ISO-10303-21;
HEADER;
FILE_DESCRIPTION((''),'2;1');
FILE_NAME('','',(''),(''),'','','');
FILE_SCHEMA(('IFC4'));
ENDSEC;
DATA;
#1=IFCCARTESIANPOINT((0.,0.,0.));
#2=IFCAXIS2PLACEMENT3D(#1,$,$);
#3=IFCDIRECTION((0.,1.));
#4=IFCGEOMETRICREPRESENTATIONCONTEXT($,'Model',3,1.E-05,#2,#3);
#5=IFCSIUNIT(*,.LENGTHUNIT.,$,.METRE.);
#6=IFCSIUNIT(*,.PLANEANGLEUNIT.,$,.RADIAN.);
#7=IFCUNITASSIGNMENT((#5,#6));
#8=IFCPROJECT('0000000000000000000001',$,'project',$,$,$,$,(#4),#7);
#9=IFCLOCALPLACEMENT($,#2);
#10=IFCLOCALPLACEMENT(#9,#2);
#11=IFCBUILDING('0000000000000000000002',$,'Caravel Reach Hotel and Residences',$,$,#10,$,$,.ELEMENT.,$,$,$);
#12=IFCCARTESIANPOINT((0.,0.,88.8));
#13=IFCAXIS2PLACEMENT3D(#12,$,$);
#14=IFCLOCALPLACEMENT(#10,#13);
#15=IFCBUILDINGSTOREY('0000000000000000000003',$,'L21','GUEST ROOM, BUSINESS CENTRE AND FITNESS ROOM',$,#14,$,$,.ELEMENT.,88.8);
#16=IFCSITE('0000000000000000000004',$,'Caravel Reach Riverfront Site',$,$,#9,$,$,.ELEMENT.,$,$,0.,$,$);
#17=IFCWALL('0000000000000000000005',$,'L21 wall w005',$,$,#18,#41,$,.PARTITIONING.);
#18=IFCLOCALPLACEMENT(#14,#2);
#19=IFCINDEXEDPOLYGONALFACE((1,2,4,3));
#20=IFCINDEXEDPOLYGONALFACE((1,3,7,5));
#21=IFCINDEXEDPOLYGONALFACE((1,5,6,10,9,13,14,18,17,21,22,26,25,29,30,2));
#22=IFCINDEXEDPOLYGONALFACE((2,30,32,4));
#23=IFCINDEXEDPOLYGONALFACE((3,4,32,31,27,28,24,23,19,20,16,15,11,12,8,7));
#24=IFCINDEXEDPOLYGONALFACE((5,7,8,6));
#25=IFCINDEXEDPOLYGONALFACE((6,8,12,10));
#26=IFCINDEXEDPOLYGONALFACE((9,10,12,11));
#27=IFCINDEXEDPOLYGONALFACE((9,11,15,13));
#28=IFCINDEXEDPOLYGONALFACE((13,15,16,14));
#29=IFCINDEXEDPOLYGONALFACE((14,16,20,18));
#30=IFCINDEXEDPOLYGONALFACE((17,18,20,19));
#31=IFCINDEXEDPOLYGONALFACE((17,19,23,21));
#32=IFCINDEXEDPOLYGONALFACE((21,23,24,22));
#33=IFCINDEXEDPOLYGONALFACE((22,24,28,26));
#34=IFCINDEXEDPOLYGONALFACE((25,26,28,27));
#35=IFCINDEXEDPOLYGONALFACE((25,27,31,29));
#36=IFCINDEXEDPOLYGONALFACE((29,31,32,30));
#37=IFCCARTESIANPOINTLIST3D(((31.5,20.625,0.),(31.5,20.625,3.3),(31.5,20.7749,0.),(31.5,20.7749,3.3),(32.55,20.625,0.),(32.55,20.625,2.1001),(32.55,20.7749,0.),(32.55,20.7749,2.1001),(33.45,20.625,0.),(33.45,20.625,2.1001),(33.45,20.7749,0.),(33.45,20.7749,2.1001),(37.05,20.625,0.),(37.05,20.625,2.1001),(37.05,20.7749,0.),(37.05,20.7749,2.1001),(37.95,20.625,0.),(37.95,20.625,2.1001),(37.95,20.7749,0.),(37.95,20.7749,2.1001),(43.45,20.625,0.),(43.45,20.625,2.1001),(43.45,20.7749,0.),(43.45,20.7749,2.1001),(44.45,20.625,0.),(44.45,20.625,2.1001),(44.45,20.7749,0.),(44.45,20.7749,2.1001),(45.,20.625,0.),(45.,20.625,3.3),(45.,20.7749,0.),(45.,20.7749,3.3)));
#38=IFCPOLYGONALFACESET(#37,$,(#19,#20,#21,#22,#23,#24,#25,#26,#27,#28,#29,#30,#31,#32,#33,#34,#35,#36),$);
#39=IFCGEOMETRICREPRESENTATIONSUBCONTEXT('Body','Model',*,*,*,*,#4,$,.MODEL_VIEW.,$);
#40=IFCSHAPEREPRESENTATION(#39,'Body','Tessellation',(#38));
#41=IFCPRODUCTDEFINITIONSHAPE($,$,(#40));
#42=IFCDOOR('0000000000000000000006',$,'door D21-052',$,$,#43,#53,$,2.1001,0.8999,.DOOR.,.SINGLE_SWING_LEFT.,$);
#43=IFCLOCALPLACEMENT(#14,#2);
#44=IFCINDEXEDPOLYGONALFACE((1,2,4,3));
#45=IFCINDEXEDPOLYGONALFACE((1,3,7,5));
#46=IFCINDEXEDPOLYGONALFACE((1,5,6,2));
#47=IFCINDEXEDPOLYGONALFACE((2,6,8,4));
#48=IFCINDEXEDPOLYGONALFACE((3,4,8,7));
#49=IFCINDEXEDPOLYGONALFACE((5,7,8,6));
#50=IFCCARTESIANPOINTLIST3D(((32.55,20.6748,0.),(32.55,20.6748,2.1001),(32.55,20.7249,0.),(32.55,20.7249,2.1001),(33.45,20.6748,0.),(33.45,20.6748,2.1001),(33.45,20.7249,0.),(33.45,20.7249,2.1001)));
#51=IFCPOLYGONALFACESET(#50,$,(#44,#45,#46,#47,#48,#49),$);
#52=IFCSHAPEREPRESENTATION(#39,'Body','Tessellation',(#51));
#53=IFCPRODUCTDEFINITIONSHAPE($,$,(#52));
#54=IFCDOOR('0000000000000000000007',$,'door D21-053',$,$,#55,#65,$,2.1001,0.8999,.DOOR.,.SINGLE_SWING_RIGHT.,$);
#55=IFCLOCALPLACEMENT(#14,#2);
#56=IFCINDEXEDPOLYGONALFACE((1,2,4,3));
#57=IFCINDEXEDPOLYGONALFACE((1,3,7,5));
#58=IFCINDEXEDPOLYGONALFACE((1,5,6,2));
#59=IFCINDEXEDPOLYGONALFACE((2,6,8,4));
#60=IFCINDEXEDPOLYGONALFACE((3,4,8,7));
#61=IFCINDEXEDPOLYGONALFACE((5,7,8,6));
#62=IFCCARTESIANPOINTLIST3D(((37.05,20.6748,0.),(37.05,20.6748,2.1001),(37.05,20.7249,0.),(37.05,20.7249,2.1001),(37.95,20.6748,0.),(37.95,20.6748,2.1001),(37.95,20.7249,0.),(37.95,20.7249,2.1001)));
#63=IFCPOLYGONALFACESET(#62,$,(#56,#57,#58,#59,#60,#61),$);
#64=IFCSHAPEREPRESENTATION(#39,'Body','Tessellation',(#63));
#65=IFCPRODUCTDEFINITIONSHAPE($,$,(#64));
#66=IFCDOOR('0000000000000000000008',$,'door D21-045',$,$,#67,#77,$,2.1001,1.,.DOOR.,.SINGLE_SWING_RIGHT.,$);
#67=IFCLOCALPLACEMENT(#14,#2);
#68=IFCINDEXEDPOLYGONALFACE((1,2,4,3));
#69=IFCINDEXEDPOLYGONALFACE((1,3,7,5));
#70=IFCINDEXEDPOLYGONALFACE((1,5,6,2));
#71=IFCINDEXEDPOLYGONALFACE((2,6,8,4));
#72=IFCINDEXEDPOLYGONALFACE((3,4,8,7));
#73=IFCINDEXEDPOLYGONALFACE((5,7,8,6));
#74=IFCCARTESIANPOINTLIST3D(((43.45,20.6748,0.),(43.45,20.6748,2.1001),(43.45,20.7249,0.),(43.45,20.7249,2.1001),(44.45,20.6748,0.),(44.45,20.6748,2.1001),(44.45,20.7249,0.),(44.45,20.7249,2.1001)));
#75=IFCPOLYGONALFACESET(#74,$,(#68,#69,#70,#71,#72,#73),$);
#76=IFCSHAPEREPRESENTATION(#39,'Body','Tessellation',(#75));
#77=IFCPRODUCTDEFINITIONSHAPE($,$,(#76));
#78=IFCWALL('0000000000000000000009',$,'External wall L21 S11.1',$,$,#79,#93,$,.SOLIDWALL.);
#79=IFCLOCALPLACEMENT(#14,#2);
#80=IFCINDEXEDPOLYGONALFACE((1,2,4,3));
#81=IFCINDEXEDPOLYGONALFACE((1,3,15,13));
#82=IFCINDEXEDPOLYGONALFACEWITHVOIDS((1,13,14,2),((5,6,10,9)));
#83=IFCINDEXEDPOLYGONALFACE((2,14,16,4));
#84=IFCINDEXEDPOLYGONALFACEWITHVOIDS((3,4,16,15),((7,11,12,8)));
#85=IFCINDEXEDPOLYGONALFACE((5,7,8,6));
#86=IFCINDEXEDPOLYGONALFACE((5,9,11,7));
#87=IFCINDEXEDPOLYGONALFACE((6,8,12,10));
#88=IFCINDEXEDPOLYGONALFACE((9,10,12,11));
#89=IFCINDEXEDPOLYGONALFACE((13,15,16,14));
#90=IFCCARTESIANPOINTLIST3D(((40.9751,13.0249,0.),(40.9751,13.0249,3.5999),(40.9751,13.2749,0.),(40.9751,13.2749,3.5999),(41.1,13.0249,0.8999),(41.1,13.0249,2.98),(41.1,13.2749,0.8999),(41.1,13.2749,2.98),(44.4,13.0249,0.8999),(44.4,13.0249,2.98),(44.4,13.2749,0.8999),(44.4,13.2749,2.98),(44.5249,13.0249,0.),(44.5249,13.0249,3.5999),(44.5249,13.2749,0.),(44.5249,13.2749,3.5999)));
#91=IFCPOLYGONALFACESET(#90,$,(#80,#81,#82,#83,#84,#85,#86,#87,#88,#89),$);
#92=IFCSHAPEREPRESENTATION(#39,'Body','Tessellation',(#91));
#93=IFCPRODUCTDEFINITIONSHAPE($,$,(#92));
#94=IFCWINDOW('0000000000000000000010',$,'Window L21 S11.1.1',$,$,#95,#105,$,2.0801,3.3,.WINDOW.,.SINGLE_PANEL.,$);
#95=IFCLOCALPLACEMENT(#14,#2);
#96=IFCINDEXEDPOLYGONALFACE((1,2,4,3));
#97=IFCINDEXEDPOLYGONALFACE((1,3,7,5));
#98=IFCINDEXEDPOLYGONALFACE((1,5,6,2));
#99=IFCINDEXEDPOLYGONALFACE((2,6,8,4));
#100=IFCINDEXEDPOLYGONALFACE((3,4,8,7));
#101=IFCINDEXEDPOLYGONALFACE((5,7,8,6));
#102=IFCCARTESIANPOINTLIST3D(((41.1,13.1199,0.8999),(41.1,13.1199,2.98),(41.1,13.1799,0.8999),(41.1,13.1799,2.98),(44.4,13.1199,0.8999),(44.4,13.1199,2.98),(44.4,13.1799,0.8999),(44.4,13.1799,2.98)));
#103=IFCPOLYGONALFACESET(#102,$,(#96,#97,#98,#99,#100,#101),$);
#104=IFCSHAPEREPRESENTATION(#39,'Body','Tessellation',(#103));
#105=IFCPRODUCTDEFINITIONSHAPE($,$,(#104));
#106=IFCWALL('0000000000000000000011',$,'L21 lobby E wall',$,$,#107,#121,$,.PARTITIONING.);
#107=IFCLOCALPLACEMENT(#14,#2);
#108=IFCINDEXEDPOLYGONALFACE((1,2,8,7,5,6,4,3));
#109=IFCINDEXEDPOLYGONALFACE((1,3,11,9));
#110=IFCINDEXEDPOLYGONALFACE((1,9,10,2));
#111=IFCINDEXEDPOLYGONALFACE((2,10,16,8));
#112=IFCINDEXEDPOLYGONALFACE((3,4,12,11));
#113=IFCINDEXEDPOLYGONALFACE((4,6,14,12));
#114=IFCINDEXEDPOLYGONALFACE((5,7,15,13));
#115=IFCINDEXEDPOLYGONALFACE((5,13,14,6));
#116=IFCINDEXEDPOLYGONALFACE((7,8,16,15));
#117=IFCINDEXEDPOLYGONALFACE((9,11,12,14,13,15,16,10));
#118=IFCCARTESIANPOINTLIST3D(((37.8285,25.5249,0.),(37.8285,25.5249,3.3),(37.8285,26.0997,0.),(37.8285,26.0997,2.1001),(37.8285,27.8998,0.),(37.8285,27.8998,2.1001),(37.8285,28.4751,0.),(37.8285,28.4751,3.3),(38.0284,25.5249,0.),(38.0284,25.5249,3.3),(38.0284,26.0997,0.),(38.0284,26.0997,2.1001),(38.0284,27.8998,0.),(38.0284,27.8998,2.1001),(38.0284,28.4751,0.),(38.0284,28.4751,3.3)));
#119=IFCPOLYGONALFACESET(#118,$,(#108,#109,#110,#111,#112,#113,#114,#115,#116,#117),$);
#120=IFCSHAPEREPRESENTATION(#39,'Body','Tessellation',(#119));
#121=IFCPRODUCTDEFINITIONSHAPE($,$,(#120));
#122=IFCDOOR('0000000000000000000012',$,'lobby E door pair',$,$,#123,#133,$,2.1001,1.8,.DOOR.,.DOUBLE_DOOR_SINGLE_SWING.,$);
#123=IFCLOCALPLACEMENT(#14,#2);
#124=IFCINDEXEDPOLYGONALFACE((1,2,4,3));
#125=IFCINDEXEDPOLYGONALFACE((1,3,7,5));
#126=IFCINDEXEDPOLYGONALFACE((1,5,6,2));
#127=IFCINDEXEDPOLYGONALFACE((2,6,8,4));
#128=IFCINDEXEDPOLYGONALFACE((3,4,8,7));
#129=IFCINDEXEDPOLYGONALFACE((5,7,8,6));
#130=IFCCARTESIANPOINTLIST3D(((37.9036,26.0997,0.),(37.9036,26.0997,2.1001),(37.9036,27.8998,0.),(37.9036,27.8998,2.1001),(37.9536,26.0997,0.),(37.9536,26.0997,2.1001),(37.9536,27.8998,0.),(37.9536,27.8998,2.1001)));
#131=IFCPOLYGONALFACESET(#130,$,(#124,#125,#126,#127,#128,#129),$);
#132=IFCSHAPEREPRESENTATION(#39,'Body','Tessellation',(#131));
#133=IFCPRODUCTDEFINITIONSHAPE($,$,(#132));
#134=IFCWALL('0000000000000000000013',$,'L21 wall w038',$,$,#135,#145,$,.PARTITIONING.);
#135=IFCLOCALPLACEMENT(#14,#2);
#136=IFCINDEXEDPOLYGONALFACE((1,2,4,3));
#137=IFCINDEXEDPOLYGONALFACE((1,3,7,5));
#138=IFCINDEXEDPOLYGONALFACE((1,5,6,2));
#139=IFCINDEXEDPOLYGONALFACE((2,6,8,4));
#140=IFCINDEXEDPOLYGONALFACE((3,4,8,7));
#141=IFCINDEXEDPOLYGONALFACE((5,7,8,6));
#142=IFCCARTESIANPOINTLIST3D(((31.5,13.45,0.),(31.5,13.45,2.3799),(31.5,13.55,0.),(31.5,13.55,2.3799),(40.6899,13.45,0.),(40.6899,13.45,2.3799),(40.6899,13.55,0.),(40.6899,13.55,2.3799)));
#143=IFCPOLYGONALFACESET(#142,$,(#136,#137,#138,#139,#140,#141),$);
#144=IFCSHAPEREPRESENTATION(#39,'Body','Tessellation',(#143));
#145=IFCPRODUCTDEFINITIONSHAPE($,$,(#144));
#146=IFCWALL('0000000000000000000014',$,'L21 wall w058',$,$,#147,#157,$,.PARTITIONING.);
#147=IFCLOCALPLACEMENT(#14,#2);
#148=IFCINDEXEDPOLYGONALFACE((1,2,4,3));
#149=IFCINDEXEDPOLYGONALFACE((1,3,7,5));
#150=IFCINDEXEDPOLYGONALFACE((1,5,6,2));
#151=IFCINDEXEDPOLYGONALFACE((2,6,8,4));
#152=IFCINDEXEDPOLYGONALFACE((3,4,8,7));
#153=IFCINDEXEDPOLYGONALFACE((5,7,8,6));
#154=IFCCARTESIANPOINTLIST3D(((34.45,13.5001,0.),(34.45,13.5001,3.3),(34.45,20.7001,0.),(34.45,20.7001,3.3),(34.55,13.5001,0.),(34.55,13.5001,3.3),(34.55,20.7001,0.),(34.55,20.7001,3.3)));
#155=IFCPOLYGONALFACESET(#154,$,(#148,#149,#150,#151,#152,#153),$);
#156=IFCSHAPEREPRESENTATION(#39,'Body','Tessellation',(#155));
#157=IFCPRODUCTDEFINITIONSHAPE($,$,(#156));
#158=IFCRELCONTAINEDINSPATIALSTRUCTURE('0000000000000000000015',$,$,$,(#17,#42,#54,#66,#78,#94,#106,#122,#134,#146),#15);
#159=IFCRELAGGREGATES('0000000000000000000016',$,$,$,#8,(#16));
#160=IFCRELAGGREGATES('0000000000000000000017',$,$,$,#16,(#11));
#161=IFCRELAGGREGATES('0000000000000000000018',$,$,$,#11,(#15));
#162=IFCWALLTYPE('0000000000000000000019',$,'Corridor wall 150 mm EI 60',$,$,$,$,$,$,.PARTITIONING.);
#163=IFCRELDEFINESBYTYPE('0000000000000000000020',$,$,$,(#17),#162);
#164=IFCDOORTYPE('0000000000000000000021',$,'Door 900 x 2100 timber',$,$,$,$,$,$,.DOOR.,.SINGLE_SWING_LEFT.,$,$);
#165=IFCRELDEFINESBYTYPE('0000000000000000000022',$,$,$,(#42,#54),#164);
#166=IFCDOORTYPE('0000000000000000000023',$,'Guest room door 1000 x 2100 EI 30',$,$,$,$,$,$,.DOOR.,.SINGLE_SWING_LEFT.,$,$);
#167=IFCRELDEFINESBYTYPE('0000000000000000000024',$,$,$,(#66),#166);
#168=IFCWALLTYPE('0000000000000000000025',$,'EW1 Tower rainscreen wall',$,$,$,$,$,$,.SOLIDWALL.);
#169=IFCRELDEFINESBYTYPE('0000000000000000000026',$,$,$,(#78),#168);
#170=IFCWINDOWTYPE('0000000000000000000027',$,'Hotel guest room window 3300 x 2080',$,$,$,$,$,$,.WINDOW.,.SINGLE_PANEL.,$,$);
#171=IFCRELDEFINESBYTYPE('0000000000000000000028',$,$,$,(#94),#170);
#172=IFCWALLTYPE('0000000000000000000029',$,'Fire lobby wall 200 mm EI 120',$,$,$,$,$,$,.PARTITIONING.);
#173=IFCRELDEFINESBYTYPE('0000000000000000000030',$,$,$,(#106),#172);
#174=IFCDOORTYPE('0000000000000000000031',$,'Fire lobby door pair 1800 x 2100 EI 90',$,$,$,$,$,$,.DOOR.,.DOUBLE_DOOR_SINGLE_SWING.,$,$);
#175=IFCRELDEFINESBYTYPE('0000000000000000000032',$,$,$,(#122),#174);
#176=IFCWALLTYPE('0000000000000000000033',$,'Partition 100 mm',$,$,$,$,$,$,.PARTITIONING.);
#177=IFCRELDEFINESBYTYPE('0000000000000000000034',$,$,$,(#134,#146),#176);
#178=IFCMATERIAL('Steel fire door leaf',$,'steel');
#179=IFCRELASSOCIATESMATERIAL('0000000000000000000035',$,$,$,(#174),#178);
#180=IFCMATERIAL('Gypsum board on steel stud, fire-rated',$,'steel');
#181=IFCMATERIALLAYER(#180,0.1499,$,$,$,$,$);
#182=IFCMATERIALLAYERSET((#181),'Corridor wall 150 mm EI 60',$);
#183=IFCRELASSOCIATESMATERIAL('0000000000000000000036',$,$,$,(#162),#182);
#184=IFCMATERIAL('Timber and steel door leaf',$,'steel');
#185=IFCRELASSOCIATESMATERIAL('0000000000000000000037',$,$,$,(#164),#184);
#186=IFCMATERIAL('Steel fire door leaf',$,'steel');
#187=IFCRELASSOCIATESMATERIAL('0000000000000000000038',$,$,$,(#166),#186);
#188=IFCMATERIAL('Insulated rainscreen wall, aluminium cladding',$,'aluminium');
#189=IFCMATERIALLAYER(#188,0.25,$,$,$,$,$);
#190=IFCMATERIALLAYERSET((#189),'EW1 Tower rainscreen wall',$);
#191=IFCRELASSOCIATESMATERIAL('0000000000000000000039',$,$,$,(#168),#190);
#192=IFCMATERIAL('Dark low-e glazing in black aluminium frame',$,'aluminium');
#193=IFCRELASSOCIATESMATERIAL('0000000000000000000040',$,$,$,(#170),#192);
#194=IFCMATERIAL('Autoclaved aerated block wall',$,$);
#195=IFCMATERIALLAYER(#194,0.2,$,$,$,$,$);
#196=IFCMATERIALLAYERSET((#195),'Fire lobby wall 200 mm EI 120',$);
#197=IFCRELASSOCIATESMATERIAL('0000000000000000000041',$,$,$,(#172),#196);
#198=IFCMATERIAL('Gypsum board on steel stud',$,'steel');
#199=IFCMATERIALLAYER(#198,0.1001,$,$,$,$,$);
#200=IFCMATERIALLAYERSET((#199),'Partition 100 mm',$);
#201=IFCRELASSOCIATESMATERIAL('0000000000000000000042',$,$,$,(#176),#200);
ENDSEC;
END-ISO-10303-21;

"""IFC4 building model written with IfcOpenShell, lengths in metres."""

from ifc_helpers import new_model, si_unit, direction, frame, frame_2d, origin, place, context, subcontext, project, spatial, rectangle, extrude, material, layer, layer_set, type_object, element, fill, save


model = new_model("IFC4")

# Units and contexts
model_context = context("Model", 3, precision=1e-05, world=origin(), true_north=direction((0.0, 1.0)))
body_context = subcontext(model_context, "Body", "Model", "MODEL_VIEW")
ifc_project = project(units=[si_unit("LENGTHUNIT", "METRE"), si_unit("PLANEANGLEUNIT", "RADIAN")], contexts=[model_context])

# Site, building, storey
site_placement = place(None, origin())
site = spatial("IfcSite", under=ifc_project, at=site_placement, Name="Caravel Reach Riverfront Site", CompositionType="ELEMENT", RefElevation=0.0)
building_placement = place(site_placement, origin())
building = spatial("IfcBuilding", under=site, at=building_placement, Name="Caravel Reach Hotel and Residences", CompositionType="ELEMENT")
storey_placement = place(building_placement, frame((0.0, 0.0, 88.8)))
storey = spatial("IfcBuildingStorey", under=building, at=storey_placement, Name="L21", Description="GUEST ROOM, BUSINESS CENTRE AND FITNESS ROOM", CompositionType="ELEMENT", Elevation=88.8)

# Shared definitions
ifc_material_1 = material(Name="Steel fire door leaf", Category="steel")
door_type_1 = type_object("IfcDoorType", Name="Fire lobby door pair 1800 x 2100 EI 90", OperationType="DOUBLE_DOOR_SINGLE_SWING", PredefinedType="DOOR", material=ifc_material_1)

# Wall, openings, doors
ifc_material_2 = material(Name="Gypsum board on steel stud, fire-rated", Category="steel")
ifc_layer_1 = layer(ifc_material_2, 0.1499)
ifc_layer_set_1 = layer_set([ifc_layer_1], Name="Corridor wall 150 mm EI 60")
wall_type_1 = type_object("IfcWallType", Name="Corridor wall 150 mm EI 60", PredefinedType="PARTITIONING", material=ifc_layer_set_1)
wall_1_placement = place(storey_placement, frame((31.5, 20.7, 0.0), z_axis=(0.0, 0.0, 1.0), x_axis=(1.0, 0.0, 0.0)))
wall_1 = element("IfcWall", 1, at=wall_1_placement, inside=storey, type_object=wall_type_1, Name="L21 wall w005", PredefinedType="PARTITIONING", context=body_context, shape_type="SweptSolid", body=[
    extrude(rectangle(XDim=13.5, YDim=0.1499, at=frame_2d((6.75, 0.0))), origin(), (0.0, 0.0, 1.0), 3.3),
])
opening_1_placement = place(wall_1_placement, frame((11.95, 0.0, 0.0)))
opening_1 = element("IfcOpeningElement", 2, at=opening_1_placement, cuts=wall_1, PredefinedType="OPENING", context=body_context, shape_type="SweptSolid", body=[
    extrude(rectangle(XDim=1.0, YDim=2.1001, at=frame_2d((0.5, 1.05))), frame((0.0, 0.085, 0.0), z_axis=(0.0, -1.0, 0.0), x_axis=(1.0, 0.0, 0.0)), (0.0, 0.0, 1.0), 0.1699),
])
opening_2_placement = place(wall_1_placement, frame((1.05, 0.0, 0.0)))
opening_2 = element("IfcOpeningElement", 3, at=opening_2_placement, cuts=wall_1, PredefinedType="OPENING", context=body_context, shape_type="SweptSolid", body=[
    extrude(rectangle(XDim=0.8999, YDim=2.1001, at=frame_2d((0.45, 1.05))), frame((0.0, 0.085, 0.0), z_axis=(0.0, -1.0, 0.0), x_axis=(1.0, 0.0, 0.0)), (0.0, 0.0, 1.0), 0.1699),
])
opening_3_placement = place(wall_1_placement, frame((5.55, 0.0, 0.0)))
opening_3 = element("IfcOpeningElement", 4, at=opening_3_placement, cuts=wall_1, PredefinedType="OPENING", context=body_context, shape_type="SweptSolid", body=[
    extrude(rectangle(XDim=0.8999, YDim=2.1001, at=frame_2d((0.45, 1.05))), frame((0.0, 0.085, 0.0), z_axis=(0.0, -1.0, 0.0), x_axis=(1.0, 0.0, 0.0)), (0.0, 0.0, 1.0), 0.1699),
])
ifc_material_3 = material(Name="Timber and steel door leaf", Category="steel")
door_type_2 = type_object("IfcDoorType", Name="Door 900 x 2100 timber", OperationType="SINGLE_SWING_LEFT", PredefinedType="DOOR", material=ifc_material_3)
door_1_placement = place(opening_2_placement, origin())
door_1 = element("IfcDoor", 5, at=door_1_placement, inside=storey, type_object=door_type_2, Name="door D21-052", OperationType="SINGLE_SWING_LEFT", OverallHeight=2.1001, OverallWidth=0.8999, PredefinedType="DOOR", context=body_context, shape_type="SweptSolid", body=[
    extrude(rectangle(XDim=0.8999, YDim=2.1001, at=frame_2d((0.45, 1.05))), frame((0.0, 0.0249, 0.0), z_axis=(0.0, -1.0, 0.0), x_axis=(1.0, 0.0, 0.0)), (0.0, 0.0, 1.0), 0.05),
])
fill(opening_2, door_1)
door_2_placement = place(opening_3_placement, origin())
door_2 = element("IfcDoor", 6, at=door_2_placement, inside=storey, type_object=door_type_2, Name="door D21-053", OperationType="SINGLE_SWING_RIGHT", OverallHeight=2.1001, OverallWidth=0.8999, PredefinedType="DOOR", context=body_context, shape_type="SweptSolid", body=[
    extrude(rectangle(XDim=0.8999, YDim=2.1001, at=frame_2d((0.45, 1.05))), frame((0.0, 0.0249, 0.0), z_axis=(0.0, -1.0, 0.0), x_axis=(1.0, 0.0, 0.0)), (0.0, 0.0, 1.0), 0.05),
])
fill(opening_3, door_2)
ifc_material_4 = material(Name="Steel fire door leaf", Category="steel")
door_type_3 = type_object("IfcDoorType", Name="Guest room door 1000 x 2100 EI 30", OperationType="SINGLE_SWING_LEFT", PredefinedType="DOOR", material=ifc_material_4)
door_3_placement = place(opening_1_placement, origin())
door_3 = element("IfcDoor", 7, at=door_3_placement, inside=storey, type_object=door_type_3, Name="door D21-045", OperationType="SINGLE_SWING_RIGHT", OverallHeight=2.1001, OverallWidth=1.0, PredefinedType="DOOR", context=body_context, shape_type="SweptSolid", body=[
    extrude(rectangle(XDim=1.0, YDim=2.1001, at=frame_2d((0.5, 1.05))), frame((0.0, 0.0249, 0.0), z_axis=(0.0, -1.0, 0.0), x_axis=(1.0, 0.0, 0.0)), (0.0, 0.0, 1.0), 0.05),
])
fill(opening_1, door_3)

# Wall, opening, window
ifc_material_5 = material(Name="Insulated rainscreen wall, aluminium cladding", Category="aluminium")
ifc_layer_2 = layer(ifc_material_5, 0.25)
ifc_layer_set_2 = layer_set([ifc_layer_2], Name="EW1 Tower rainscreen wall")
wall_type_2 = type_object("IfcWallType", Name="EW1 Tower rainscreen wall", PredefinedType="SOLIDWALL", material=ifc_layer_set_2)
wall_2_placement = place(storey_placement, frame((40.9751, 13.1499, 0.0), z_axis=(0.0, 0.0, 1.0), x_axis=(1.0, 0.0, 0.0)))
wall_2 = element("IfcWall", 8, at=wall_2_placement, inside=storey, type_object=wall_type_2, Name="External wall L21 S11.1", PredefinedType="SOLIDWALL", context=body_context, shape_type="SweptSolid", body=[
    extrude(rectangle(XDim=3.5498, YDim=0.25, at=frame_2d((1.7749, 0.0))), origin(), (0.0, 0.0, 1.0), 3.5999),
])
opening_4_placement = place(wall_2_placement, frame((0.125, 0.0, 0.8999)))
opening_4 = element("IfcOpeningElement", 9, at=opening_4_placement, cuts=wall_2, PredefinedType="OPENING", context=body_context, shape_type="SweptSolid", body=[
    extrude(rectangle(XDim=3.3, YDim=2.0801, at=frame_2d((1.6499, 1.04))), frame((0.0, 0.135, 0.0), z_axis=(0.0, -1.0, 0.0), x_axis=(1.0, 0.0, 0.0)), (0.0, 0.0, 1.0), 0.27),
])
ifc_material_6 = material(Name="Dark low-e glazing in black aluminium frame", Category="aluminium")
window_type = type_object("IfcWindowType", Name="Hotel guest room window 3300 x 2080", PartitioningType="SINGLE_PANEL", PredefinedType="WINDOW", material=ifc_material_6)
window_placement = place(opening_4_placement, origin())
window = element("IfcWindow", 10, at=window_placement, inside=storey, type_object=window_type, Name="Window L21 S11.1.1", OverallHeight=2.0801, OverallWidth=3.3, PartitioningType="SINGLE_PANEL", PredefinedType="WINDOW", context=body_context, shape_type="SweptSolid", body=[
    extrude(rectangle(XDim=3.3, YDim=2.0801, at=frame_2d((1.6499, 1.04))), frame((0.0, 0.03, 0.0), z_axis=(0.0, -1.0, 0.0), x_axis=(1.0, 0.0, 0.0)), (0.0, 0.0, 1.0), 0.0601),
])
fill(opening_4, window)

# Wall, opening, door
ifc_material_7 = material(Name="Autoclaved aerated block wall")
ifc_layer_3 = layer(ifc_material_7, 0.2)
ifc_layer_set_3 = layer_set([ifc_layer_3], Name="Fire lobby wall 200 mm EI 120")
wall_type_3 = type_object("IfcWallType", Name="Fire lobby wall 200 mm EI 120", PredefinedType="PARTITIONING", material=ifc_layer_set_3)
wall_3_placement = place(storey_placement, frame((37.9285, 25.5249, 0.0), z_axis=(0.0, 0.0, 1.0), x_axis=(0.0, 1.0, 0.0)))
wall_3 = element("IfcWall", 11, at=wall_3_placement, inside=storey, type_object=wall_type_3, Name="L21 lobby E wall", PredefinedType="PARTITIONING", context=body_context, shape_type="SweptSolid", body=[
    extrude(rectangle(XDim=2.9502, YDim=0.2, at=frame_2d((1.4751, 0.0))), origin(), (0.0, 0.0, 1.0), 3.3),
])
opening_5_placement = place(wall_3_placement, frame((0.575, 0.0, 0.0)))
opening_5 = element("IfcOpeningElement", 12, at=opening_5_placement, cuts=wall_3, PredefinedType="OPENING", context=body_context, shape_type="SweptSolid", body=[
    extrude(rectangle(XDim=1.8, YDim=2.1001, at=frame_2d((0.8999, 1.05))), frame((0.0, 0.1099, 0.0), z_axis=(0.0, -1.0, 0.0), x_axis=(1.0, 0.0, 0.0)), (0.0, 0.0, 1.0), 0.22),
])
door_4_placement = place(opening_5_placement, origin())
door_4 = element("IfcDoor", 13, at=door_4_placement, inside=storey, type_object=door_type_1, Name="lobby E door pair", OperationType="DOUBLE_DOOR_SINGLE_SWING", OverallHeight=2.1001, OverallWidth=1.8, PredefinedType="DOOR", context=body_context, shape_type="SweptSolid", body=[
    extrude(rectangle(XDim=1.8, YDim=2.1001, at=frame_2d((0.8999, 1.05))), frame((0.0, 0.0249, 0.0), z_axis=(0.0, -1.0, 0.0), x_axis=(1.0, 0.0, 0.0)), (0.0, 0.0, 1.0), 0.05),
])
fill(opening_5, door_4)

# Walls
ifc_material_8 = material(Name="Gypsum board on steel stud", Category="steel")
ifc_layer_4 = layer(ifc_material_8, 0.1001)
ifc_layer_set_4 = layer_set([ifc_layer_4], Name="Partition 100 mm")
wall_type_4 = type_object("IfcWallType", Name="Partition 100 mm", PredefinedType="PARTITIONING", material=ifc_layer_set_4)
wall_4_placement = place(storey_placement, frame((31.5, 13.5, 0.0), z_axis=(0.0, 0.0, 1.0), x_axis=(1.0, 0.0, 0.0)))
element("IfcWall", 14, at=wall_4_placement, inside=storey, type_object=wall_type_4, Name="L21 wall w038", PredefinedType="PARTITIONING", context=body_context, shape_type="SweptSolid", body=[
    extrude(rectangle(XDim=9.1899, YDim=0.1001, at=frame_2d((4.595, 0.0))), origin(), (0.0, 0.0, 1.0), 2.3799),
])
wall_5_placement = place(storey_placement, frame((34.5, 13.5, 0.0), z_axis=(0.0, 0.0, 1.0), x_axis=(0.0, 1.0, 0.0)))
element("IfcWall", 15, at=wall_5_placement, inside=storey, type_object=wall_type_4, Name="L21 wall w058", PredefinedType="PARTITIONING", context=body_context, shape_type="SweptSolid", body=[
    extrude(rectangle(XDim=7.2, YDim=0.1001, at=frame_2d((3.6001, 0.0))), origin(), (0.0, 0.0, 1.0), 3.3),
])

save(model, "model.ifc")
